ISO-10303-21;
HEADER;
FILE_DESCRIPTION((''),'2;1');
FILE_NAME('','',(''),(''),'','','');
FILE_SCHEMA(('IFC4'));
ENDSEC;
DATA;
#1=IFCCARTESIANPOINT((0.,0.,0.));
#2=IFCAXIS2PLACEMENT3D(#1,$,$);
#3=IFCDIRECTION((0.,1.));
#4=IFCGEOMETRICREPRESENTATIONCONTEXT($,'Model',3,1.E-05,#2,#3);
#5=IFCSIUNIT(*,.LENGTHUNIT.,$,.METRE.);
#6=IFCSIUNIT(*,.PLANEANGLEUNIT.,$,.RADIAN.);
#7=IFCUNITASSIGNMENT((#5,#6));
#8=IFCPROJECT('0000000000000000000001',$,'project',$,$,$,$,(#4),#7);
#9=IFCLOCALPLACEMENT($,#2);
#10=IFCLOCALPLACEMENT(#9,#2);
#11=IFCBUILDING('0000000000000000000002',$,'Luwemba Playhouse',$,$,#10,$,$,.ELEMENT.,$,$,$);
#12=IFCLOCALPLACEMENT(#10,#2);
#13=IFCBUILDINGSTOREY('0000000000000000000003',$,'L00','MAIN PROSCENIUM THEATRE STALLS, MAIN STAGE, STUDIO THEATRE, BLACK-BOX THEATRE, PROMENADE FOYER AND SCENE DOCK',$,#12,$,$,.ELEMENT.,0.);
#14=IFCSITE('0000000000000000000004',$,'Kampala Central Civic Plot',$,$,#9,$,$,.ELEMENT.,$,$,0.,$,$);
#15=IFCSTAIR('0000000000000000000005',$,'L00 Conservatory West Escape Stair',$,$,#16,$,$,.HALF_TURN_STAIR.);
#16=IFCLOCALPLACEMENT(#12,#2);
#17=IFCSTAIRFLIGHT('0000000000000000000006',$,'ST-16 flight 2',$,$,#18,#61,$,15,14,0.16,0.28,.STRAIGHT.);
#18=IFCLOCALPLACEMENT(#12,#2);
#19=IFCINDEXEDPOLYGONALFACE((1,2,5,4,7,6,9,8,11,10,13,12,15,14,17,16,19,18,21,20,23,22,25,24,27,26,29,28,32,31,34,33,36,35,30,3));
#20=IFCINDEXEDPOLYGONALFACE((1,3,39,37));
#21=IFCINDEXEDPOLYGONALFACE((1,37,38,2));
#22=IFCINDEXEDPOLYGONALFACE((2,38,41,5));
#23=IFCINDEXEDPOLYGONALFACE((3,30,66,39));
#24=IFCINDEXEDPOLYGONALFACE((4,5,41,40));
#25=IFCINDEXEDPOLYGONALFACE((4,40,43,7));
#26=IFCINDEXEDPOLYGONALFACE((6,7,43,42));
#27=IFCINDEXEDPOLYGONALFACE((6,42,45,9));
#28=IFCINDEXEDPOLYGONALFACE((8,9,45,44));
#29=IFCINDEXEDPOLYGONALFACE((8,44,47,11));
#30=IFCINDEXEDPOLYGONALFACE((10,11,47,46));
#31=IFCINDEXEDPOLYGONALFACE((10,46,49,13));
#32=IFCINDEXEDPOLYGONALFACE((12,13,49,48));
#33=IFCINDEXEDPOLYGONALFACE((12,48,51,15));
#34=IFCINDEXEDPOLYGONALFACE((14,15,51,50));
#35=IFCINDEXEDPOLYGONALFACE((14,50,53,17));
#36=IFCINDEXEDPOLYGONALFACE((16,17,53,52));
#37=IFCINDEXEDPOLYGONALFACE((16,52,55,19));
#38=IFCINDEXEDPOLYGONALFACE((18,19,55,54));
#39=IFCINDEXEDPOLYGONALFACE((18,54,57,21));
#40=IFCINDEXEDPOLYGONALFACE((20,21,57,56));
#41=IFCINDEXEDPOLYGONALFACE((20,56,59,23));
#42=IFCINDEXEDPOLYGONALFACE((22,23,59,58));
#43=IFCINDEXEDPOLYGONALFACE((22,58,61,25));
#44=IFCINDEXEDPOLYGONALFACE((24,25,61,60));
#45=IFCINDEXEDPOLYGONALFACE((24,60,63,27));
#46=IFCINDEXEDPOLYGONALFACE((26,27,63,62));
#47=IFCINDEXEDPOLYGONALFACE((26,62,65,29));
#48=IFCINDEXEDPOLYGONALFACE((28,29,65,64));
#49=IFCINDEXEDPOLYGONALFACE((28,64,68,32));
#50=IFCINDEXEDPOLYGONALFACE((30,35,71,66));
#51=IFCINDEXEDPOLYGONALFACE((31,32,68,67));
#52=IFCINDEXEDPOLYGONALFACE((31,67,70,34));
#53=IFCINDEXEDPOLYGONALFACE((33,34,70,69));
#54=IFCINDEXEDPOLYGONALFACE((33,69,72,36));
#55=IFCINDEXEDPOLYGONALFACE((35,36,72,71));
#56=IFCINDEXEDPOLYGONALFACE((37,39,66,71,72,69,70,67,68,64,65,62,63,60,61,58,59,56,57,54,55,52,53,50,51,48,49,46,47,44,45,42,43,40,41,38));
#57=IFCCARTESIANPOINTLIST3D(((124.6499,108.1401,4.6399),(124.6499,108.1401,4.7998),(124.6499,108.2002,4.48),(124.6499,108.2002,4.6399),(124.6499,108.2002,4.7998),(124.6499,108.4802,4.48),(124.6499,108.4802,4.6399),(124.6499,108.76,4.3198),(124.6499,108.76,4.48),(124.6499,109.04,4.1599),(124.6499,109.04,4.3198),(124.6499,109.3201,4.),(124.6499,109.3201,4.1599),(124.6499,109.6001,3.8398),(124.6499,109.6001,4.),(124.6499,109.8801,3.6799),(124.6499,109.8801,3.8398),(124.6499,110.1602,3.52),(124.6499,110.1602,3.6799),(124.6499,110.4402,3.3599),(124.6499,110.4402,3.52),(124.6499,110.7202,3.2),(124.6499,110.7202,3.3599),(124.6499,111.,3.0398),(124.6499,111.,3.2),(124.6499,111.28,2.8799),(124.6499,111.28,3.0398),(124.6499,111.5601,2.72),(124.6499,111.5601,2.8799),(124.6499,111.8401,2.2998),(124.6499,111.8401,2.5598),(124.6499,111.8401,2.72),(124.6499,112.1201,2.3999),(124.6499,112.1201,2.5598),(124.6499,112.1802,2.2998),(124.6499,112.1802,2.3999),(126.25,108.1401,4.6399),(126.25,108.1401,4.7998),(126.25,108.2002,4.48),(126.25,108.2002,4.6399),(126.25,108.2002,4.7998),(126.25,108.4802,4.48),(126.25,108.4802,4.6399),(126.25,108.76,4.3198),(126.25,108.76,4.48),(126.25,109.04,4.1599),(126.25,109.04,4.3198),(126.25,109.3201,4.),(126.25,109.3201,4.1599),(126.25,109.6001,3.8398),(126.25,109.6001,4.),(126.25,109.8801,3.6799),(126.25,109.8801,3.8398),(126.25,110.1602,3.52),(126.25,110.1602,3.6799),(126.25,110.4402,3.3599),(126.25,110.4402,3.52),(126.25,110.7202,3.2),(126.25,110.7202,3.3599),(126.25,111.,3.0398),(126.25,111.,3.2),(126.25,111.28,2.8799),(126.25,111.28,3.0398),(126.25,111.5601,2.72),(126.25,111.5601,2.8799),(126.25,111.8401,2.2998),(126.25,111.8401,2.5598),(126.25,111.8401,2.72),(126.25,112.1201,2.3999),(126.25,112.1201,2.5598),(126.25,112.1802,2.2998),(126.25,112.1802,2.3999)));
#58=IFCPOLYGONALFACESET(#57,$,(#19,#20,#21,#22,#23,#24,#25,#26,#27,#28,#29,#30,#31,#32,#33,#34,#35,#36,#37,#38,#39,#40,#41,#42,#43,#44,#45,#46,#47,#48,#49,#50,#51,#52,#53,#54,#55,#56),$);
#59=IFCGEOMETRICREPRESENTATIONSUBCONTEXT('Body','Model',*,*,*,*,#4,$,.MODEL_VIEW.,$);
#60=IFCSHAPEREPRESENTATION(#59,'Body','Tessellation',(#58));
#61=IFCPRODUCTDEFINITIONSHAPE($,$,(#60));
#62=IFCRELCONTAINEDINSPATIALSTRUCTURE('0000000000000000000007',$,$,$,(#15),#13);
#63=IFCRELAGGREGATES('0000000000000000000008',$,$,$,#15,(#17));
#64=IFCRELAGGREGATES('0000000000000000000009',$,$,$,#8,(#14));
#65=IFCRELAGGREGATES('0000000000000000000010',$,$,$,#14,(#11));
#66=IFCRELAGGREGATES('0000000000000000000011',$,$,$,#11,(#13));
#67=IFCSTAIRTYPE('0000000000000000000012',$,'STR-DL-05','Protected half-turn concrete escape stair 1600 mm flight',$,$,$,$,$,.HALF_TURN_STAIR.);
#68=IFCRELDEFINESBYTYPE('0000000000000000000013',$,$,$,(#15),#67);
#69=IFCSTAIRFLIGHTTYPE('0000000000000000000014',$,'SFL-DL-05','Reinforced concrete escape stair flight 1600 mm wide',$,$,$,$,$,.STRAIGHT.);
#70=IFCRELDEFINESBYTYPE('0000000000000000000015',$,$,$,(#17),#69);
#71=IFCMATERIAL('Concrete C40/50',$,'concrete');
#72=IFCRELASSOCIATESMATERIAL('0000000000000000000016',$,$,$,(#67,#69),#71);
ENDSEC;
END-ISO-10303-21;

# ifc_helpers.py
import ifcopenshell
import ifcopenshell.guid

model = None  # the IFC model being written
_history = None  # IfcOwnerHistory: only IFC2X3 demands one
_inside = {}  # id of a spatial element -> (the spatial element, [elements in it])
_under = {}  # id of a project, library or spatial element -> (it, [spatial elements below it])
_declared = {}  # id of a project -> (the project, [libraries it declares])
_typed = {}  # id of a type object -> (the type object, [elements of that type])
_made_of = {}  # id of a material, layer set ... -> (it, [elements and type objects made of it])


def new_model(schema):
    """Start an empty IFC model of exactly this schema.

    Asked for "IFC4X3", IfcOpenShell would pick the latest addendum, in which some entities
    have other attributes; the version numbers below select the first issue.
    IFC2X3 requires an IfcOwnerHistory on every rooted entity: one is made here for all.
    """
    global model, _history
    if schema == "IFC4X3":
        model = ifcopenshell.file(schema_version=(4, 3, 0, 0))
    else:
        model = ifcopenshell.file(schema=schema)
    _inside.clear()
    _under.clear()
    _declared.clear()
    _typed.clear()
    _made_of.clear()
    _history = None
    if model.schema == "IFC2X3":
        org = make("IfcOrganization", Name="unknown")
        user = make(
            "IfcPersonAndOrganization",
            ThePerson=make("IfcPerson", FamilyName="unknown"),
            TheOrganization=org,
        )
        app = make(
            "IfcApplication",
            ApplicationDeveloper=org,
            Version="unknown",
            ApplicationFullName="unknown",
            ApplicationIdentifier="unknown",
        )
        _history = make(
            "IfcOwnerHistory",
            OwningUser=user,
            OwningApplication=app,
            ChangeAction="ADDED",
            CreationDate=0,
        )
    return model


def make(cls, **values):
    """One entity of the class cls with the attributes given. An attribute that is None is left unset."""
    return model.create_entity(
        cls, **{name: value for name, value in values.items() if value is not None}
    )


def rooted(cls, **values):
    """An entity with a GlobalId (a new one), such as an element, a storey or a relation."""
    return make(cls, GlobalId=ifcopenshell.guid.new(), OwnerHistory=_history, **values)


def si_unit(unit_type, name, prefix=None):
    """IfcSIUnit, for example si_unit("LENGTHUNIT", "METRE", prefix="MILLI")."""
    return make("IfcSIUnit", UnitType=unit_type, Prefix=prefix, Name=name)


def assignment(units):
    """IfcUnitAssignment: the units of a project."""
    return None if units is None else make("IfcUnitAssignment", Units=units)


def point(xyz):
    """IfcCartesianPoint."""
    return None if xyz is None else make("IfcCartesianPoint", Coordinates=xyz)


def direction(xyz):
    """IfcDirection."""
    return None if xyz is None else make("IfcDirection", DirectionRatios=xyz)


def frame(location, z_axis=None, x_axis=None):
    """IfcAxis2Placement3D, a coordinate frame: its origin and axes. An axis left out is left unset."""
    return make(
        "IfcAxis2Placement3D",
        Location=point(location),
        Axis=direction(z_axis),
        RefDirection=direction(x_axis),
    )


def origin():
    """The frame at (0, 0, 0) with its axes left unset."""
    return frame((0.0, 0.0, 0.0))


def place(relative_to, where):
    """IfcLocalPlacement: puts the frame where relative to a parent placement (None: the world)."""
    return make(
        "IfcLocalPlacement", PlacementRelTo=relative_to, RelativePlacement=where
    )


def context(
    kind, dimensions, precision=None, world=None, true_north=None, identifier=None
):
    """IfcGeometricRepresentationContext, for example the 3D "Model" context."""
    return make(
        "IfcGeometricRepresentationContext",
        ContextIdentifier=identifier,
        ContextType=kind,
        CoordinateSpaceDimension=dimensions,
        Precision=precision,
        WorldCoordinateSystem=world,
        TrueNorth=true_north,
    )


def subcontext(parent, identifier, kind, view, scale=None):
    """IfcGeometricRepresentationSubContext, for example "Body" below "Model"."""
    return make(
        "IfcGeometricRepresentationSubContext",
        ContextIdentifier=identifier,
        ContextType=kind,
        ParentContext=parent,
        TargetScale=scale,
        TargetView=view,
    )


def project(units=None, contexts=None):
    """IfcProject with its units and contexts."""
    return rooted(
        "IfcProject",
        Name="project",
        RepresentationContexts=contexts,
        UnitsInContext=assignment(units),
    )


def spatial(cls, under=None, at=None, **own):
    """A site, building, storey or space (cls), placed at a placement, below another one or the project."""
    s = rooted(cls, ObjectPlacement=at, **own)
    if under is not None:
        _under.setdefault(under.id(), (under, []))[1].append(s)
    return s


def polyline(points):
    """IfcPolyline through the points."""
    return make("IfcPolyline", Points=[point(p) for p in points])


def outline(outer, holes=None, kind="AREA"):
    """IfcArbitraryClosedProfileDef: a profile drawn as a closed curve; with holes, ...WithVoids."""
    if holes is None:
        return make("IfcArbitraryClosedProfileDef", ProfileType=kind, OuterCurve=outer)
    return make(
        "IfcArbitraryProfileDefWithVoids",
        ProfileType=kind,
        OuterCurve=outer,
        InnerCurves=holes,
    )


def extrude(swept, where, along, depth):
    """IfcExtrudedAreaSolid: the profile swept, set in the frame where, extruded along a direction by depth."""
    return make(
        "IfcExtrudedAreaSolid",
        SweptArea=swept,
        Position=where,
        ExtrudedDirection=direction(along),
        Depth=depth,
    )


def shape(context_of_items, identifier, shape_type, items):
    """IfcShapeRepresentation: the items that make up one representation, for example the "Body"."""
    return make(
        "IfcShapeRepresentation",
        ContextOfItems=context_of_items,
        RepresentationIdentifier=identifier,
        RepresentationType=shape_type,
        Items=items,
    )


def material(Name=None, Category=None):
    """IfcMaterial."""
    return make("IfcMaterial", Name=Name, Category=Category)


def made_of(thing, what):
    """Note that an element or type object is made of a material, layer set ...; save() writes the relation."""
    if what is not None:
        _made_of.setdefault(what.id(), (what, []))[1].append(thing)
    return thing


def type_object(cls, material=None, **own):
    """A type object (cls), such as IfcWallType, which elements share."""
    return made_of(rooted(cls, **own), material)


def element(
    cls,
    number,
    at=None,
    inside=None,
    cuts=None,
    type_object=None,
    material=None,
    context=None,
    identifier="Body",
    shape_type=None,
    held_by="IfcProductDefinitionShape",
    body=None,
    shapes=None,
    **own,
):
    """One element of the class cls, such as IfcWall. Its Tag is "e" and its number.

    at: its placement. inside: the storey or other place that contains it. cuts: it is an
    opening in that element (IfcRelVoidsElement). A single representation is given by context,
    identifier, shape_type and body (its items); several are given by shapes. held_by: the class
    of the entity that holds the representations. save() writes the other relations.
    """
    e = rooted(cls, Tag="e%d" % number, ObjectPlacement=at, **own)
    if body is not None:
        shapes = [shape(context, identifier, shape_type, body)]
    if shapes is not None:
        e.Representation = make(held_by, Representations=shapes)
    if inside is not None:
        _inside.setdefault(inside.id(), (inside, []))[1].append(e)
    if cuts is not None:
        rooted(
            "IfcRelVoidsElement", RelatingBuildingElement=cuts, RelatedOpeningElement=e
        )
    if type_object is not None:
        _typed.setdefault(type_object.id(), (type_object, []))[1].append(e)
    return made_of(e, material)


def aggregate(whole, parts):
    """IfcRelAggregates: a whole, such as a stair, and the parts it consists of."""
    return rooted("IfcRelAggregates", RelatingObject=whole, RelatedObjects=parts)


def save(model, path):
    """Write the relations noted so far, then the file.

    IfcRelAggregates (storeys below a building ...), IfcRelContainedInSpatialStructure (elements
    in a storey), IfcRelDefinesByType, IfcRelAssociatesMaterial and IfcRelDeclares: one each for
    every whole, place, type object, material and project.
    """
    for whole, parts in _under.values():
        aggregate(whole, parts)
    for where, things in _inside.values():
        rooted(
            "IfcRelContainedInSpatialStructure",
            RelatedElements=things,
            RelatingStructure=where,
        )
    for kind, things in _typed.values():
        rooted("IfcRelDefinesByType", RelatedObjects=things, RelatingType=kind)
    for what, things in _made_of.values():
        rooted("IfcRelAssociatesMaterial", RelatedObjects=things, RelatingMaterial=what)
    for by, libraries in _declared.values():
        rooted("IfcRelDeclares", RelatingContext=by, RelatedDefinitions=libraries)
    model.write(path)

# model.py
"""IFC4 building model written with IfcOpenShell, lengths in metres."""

from ifc_helpers import new_model, si_unit, direction, frame, origin, place, context, subcontext, project, spatial, polyline, outline, extrude, material, type_object, element, aggregate, save


model = new_model("IFC4")

# Units and contexts
model_context = context("Model", 3, precision=1e-05, world=origin(), true_north=direction((0.0, 1.0)))
body_context = subcontext(model_context, "Body", "Model", "MODEL_VIEW")
ifc_project = project(units=[si_unit("LENGTHUNIT", "METRE"), si_unit("PLANEANGLEUNIT", "RADIAN")], contexts=[model_context])

# Site, building, storey
site_placement = place(None, origin())
site = spatial("IfcSite", under=ifc_project, at=site_placement, Name="Kampala Central Civic Plot", CompositionType="ELEMENT", RefElevation=0.0)
building_placement = place(site_placement, origin())
building = spatial("IfcBuilding", under=site, at=building_placement, Name="Luwemba Playhouse", CompositionType="ELEMENT")
storey_placement = place(building_placement, origin())
storey = spatial("IfcBuildingStorey", under=building, at=storey_placement, Name="L00", Description="MAIN PROSCENIUM THEATRE STALLS, MAIN STAGE, STUDIO THEATRE, BLACK-BOX THEATRE, PROMENADE FOYER AND SCENE DOCK", CompositionType="ELEMENT", Elevation=0.0)

# Shared definitions
ifc_material_1 = material(Name="Concrete C40/50", Category="concrete")

# Stair, stair flight
stair_type = type_object("IfcStairType", Name="STR-DL-05", Description="Protected half-turn concrete escape stair 1600 mm flight", PredefinedType="HALF_TURN_STAIR", material=ifc_material_1)
stair_placement = place(storey_placement, origin())
stair = element("IfcStair", 1, at=stair_placement, inside=storey, type_object=stair_type, Name="L00 Conservatory West Escape Stair", PredefinedType="HALF_TURN_STAIR")
stair_flight_type = type_object("IfcStairFlightType", Name="SFL-DL-05", Description="Reinforced concrete escape stair flight 1600 mm wide", PredefinedType="STRAIGHT", material=ifc_material_1)
stair_flight_1_placement = place(storey_placement, frame((125.45, 112.1201, 2.3999), z_axis=(0.0, 0.0, 1.0), x_axis=(0.0, -1.0, 0.0)))
stair_flight_1 = element("IfcStairFlight", 2, at=stair_flight_1_placement, type_object=stair_flight_type, Name="ST-16 flight 2", NumberOfRisers=15, NumberOfTreads=14, PredefinedType="STRAIGHT", RiserHeight=0.16, TreadLength=0.28, context=body_context, shape_type="SweptSolid", body=[
    extrude(outline(polyline([(-0.0601, -0.1001), (-0.0601, 0.0), (0.0, 0.0), (0.0, 0.1599), (0.28, 0.1599), (0.28, 0.3201), (0.5601, 0.3201), (0.5601, 0.48), (0.8401, 0.48), (0.8401, 0.6399), (1.1201, 0.6399), (1.1201, 0.8), (1.3999, 0.8), (1.3999, 0.96), (1.6799, 0.96), (1.6799, 1.1201), (1.96, 1.1201), (1.96, 1.28), (2.24, 1.28), (2.24, 1.4399), (2.52, 1.4399), (2.52, 1.6001), (2.8, 1.6001), (2.8, 1.76), (3.0801, 1.76), (3.0801, 1.9199), (3.3601, 1.9199), (3.3601, 2.0801), (3.6399, 2.0801), (3.6399, 2.24), (3.9199, 2.24), (3.9199, 2.3999), (3.98, 2.3999), (3.98, 2.24), (3.9199, 2.0801), (0.28, -0.1001), (-0.0601, -0.1001)])), frame((0.0, 0.8, 0.0), z_axis=(0.0, -1.0, 0.0), x_axis=(1.0, 0.0, 0.0)), (0.0, 0.0, 1.0), 1.6001),
])
aggregate(stair, [stair_flight_1])

save(model, "model.ifc")
